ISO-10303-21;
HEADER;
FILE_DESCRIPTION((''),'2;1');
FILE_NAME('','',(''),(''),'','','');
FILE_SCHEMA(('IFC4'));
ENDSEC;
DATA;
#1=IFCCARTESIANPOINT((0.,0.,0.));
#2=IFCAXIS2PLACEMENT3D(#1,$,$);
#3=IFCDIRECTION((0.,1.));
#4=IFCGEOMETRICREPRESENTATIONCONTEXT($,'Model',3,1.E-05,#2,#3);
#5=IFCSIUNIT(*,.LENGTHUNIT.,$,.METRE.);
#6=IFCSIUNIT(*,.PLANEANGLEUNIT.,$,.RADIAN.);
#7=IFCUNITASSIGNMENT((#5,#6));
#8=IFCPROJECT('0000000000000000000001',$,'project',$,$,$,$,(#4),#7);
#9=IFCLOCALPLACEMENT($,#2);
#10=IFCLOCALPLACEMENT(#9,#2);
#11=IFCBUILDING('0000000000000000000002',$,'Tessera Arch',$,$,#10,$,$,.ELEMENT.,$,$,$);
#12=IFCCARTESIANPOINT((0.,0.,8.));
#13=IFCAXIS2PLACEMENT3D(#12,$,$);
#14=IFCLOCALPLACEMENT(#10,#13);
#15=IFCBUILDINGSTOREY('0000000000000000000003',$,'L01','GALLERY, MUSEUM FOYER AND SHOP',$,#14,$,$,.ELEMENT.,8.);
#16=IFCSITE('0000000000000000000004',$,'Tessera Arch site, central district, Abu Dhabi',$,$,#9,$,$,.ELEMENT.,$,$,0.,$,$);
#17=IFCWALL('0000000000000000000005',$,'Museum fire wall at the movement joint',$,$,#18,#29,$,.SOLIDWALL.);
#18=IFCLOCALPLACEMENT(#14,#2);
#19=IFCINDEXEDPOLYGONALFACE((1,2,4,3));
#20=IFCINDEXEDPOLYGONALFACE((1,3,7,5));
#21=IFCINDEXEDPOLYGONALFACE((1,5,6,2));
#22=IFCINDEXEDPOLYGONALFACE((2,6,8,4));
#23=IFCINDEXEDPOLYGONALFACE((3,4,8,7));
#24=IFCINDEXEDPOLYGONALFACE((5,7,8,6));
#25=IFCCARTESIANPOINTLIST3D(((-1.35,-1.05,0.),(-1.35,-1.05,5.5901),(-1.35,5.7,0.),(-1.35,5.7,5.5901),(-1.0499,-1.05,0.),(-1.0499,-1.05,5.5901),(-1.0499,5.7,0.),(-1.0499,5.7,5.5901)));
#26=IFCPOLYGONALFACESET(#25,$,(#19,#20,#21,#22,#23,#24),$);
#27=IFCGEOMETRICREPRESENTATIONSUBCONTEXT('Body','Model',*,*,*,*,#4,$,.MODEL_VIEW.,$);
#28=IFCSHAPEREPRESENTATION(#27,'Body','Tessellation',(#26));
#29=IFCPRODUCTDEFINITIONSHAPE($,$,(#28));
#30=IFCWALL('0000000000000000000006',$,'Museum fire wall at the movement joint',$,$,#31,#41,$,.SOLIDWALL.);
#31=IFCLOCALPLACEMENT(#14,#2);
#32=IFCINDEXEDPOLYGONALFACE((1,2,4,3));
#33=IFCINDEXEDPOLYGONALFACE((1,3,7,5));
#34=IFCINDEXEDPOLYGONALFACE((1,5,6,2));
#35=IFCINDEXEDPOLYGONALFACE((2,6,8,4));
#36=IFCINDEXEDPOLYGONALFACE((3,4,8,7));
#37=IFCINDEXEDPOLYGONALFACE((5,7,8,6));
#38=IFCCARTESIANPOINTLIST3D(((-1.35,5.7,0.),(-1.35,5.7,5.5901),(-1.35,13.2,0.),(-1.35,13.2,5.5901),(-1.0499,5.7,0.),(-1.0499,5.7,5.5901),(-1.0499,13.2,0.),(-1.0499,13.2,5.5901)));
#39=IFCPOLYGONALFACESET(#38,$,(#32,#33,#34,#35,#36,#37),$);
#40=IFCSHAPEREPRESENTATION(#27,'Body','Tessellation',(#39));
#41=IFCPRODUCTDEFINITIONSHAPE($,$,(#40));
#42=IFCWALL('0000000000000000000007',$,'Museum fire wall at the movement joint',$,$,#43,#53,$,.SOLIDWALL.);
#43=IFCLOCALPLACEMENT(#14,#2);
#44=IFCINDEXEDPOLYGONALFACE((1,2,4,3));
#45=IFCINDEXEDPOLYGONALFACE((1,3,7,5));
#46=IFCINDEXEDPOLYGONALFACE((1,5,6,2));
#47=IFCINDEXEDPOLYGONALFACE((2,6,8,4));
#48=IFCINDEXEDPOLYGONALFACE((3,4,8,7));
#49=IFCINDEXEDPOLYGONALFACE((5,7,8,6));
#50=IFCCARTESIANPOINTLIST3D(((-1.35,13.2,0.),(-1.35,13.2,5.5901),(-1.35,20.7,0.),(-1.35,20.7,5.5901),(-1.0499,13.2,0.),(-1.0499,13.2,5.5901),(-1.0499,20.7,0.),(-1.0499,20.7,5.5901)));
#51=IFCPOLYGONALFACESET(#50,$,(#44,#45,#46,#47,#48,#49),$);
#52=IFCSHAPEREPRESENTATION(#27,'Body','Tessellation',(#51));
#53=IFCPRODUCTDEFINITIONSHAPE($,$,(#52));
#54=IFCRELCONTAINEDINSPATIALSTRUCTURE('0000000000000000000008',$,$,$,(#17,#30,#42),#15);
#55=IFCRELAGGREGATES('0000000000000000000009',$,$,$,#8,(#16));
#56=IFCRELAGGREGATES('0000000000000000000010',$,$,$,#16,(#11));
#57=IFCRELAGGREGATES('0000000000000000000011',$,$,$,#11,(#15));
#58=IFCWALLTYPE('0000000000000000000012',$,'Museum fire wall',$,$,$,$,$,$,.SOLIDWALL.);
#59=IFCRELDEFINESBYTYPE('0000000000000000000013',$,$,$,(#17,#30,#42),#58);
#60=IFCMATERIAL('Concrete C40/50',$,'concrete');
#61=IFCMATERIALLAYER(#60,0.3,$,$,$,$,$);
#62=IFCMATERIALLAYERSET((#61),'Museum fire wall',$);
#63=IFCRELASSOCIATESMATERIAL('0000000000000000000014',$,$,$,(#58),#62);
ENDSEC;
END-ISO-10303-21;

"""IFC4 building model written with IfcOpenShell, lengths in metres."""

from ifc_helpers import new_model, si_unit, direction, frame, frame_2d, origin, place, context, subcontext, project, spatial, rectangle, extrude, material, layer, layer_set, type_object, element, save


model = new_model("IFC4")

# Units and contexts
model_context = context("Model", 3, precision=1e-05, world=origin(), true_north=direction((0.0, 1.0)))
body_context = subcontext(model_context, "Body", "Model", "MODEL_VIEW")
ifc_project = project(units=[si_unit("LENGTHUNIT", "METRE"), si_unit("PLANEANGLEUNIT", "RADIAN")], contexts=[model_context])

# Site, building, storey
site_placement = place(None, origin())
site = spatial("IfcSite", under=ifc_project, at=site_placement, Name="Tessera Arch site, central district, Abu Dhabi", CompositionType="ELEMENT", RefElevation=0.0)
building_placement = place(site_placement, origin())
building = spatial("IfcBuilding", under=site, at=building_placement, Name="Tessera Arch", CompositionType="ELEMENT")
storey_placement = place(building_placement, frame((0.0, 0.0, 8.0)))
storey = spatial("IfcBuildingStorey", under=building, at=storey_placement, Name="L01", Description="GALLERY, MUSEUM FOYER AND SHOP", CompositionType="ELEMENT", Elevation=8.0)

# Walls
ifc_material_1 = material(Name="Concrete C40/50", Category="concrete")
ifc_layer_1 = layer(ifc_material_1, 0.3)
ifc_layer_set_1 = layer_set([ifc_layer_1], Name="Museum fire wall")
wall_type = type_object("IfcWallType", Name="Museum fire wall", PredefinedType="SOLIDWALL", material=ifc_layer_set_1)
wall_placement = place(storey_placement, frame((-1.2, -1.05, 0.0), z_axis=(0.0, 0.0, 1.0), x_axis=(0.0, 1.0, 0.0)))
element("IfcWall", 1, at=wall_placement, inside=storey, type_object=wall_type, Name="Museum fire wall at the movement joint", PredefinedType="SOLIDWALL", context=body_context, shape_type="SweptSolid", body=[
    extrude(rectangle(XDim=6.75, YDim=0.3, at=frame_2d((3.375, 0.0))), origin(), (0.0, 0.0, 1.0), 5.5901),
])
for number, where, z_axis, x_axis, name in (
    (2, (-1.2, 5.7, 0.0), (0.0, 0.0, 1.0), (0.0, 1.0, 0.0), "Museum fire wall at the movement joint"),
    (3, (-1.2, 13.2, 0.0), (0.0, 0.0, 1.0), (0.0, 1.0, 0.0), "Museum fire wall at the movement joint"),
):
    element("IfcWall", number, at=place(storey_placement, frame(where, z_axis=z_axis, x_axis=x_axis)), inside=storey, type_object=wall_type, Name=name, PredefinedType="SOLIDWALL", context=body_context, shape_type="SweptSolid", body=[
        extrude(rectangle(XDim=7.5, YDim=0.3, at=frame_2d((3.75, 0.0))), origin(), (0.0, 0.0, 1.0), 5.5901),
    ])

save(model, "model.ifc")
